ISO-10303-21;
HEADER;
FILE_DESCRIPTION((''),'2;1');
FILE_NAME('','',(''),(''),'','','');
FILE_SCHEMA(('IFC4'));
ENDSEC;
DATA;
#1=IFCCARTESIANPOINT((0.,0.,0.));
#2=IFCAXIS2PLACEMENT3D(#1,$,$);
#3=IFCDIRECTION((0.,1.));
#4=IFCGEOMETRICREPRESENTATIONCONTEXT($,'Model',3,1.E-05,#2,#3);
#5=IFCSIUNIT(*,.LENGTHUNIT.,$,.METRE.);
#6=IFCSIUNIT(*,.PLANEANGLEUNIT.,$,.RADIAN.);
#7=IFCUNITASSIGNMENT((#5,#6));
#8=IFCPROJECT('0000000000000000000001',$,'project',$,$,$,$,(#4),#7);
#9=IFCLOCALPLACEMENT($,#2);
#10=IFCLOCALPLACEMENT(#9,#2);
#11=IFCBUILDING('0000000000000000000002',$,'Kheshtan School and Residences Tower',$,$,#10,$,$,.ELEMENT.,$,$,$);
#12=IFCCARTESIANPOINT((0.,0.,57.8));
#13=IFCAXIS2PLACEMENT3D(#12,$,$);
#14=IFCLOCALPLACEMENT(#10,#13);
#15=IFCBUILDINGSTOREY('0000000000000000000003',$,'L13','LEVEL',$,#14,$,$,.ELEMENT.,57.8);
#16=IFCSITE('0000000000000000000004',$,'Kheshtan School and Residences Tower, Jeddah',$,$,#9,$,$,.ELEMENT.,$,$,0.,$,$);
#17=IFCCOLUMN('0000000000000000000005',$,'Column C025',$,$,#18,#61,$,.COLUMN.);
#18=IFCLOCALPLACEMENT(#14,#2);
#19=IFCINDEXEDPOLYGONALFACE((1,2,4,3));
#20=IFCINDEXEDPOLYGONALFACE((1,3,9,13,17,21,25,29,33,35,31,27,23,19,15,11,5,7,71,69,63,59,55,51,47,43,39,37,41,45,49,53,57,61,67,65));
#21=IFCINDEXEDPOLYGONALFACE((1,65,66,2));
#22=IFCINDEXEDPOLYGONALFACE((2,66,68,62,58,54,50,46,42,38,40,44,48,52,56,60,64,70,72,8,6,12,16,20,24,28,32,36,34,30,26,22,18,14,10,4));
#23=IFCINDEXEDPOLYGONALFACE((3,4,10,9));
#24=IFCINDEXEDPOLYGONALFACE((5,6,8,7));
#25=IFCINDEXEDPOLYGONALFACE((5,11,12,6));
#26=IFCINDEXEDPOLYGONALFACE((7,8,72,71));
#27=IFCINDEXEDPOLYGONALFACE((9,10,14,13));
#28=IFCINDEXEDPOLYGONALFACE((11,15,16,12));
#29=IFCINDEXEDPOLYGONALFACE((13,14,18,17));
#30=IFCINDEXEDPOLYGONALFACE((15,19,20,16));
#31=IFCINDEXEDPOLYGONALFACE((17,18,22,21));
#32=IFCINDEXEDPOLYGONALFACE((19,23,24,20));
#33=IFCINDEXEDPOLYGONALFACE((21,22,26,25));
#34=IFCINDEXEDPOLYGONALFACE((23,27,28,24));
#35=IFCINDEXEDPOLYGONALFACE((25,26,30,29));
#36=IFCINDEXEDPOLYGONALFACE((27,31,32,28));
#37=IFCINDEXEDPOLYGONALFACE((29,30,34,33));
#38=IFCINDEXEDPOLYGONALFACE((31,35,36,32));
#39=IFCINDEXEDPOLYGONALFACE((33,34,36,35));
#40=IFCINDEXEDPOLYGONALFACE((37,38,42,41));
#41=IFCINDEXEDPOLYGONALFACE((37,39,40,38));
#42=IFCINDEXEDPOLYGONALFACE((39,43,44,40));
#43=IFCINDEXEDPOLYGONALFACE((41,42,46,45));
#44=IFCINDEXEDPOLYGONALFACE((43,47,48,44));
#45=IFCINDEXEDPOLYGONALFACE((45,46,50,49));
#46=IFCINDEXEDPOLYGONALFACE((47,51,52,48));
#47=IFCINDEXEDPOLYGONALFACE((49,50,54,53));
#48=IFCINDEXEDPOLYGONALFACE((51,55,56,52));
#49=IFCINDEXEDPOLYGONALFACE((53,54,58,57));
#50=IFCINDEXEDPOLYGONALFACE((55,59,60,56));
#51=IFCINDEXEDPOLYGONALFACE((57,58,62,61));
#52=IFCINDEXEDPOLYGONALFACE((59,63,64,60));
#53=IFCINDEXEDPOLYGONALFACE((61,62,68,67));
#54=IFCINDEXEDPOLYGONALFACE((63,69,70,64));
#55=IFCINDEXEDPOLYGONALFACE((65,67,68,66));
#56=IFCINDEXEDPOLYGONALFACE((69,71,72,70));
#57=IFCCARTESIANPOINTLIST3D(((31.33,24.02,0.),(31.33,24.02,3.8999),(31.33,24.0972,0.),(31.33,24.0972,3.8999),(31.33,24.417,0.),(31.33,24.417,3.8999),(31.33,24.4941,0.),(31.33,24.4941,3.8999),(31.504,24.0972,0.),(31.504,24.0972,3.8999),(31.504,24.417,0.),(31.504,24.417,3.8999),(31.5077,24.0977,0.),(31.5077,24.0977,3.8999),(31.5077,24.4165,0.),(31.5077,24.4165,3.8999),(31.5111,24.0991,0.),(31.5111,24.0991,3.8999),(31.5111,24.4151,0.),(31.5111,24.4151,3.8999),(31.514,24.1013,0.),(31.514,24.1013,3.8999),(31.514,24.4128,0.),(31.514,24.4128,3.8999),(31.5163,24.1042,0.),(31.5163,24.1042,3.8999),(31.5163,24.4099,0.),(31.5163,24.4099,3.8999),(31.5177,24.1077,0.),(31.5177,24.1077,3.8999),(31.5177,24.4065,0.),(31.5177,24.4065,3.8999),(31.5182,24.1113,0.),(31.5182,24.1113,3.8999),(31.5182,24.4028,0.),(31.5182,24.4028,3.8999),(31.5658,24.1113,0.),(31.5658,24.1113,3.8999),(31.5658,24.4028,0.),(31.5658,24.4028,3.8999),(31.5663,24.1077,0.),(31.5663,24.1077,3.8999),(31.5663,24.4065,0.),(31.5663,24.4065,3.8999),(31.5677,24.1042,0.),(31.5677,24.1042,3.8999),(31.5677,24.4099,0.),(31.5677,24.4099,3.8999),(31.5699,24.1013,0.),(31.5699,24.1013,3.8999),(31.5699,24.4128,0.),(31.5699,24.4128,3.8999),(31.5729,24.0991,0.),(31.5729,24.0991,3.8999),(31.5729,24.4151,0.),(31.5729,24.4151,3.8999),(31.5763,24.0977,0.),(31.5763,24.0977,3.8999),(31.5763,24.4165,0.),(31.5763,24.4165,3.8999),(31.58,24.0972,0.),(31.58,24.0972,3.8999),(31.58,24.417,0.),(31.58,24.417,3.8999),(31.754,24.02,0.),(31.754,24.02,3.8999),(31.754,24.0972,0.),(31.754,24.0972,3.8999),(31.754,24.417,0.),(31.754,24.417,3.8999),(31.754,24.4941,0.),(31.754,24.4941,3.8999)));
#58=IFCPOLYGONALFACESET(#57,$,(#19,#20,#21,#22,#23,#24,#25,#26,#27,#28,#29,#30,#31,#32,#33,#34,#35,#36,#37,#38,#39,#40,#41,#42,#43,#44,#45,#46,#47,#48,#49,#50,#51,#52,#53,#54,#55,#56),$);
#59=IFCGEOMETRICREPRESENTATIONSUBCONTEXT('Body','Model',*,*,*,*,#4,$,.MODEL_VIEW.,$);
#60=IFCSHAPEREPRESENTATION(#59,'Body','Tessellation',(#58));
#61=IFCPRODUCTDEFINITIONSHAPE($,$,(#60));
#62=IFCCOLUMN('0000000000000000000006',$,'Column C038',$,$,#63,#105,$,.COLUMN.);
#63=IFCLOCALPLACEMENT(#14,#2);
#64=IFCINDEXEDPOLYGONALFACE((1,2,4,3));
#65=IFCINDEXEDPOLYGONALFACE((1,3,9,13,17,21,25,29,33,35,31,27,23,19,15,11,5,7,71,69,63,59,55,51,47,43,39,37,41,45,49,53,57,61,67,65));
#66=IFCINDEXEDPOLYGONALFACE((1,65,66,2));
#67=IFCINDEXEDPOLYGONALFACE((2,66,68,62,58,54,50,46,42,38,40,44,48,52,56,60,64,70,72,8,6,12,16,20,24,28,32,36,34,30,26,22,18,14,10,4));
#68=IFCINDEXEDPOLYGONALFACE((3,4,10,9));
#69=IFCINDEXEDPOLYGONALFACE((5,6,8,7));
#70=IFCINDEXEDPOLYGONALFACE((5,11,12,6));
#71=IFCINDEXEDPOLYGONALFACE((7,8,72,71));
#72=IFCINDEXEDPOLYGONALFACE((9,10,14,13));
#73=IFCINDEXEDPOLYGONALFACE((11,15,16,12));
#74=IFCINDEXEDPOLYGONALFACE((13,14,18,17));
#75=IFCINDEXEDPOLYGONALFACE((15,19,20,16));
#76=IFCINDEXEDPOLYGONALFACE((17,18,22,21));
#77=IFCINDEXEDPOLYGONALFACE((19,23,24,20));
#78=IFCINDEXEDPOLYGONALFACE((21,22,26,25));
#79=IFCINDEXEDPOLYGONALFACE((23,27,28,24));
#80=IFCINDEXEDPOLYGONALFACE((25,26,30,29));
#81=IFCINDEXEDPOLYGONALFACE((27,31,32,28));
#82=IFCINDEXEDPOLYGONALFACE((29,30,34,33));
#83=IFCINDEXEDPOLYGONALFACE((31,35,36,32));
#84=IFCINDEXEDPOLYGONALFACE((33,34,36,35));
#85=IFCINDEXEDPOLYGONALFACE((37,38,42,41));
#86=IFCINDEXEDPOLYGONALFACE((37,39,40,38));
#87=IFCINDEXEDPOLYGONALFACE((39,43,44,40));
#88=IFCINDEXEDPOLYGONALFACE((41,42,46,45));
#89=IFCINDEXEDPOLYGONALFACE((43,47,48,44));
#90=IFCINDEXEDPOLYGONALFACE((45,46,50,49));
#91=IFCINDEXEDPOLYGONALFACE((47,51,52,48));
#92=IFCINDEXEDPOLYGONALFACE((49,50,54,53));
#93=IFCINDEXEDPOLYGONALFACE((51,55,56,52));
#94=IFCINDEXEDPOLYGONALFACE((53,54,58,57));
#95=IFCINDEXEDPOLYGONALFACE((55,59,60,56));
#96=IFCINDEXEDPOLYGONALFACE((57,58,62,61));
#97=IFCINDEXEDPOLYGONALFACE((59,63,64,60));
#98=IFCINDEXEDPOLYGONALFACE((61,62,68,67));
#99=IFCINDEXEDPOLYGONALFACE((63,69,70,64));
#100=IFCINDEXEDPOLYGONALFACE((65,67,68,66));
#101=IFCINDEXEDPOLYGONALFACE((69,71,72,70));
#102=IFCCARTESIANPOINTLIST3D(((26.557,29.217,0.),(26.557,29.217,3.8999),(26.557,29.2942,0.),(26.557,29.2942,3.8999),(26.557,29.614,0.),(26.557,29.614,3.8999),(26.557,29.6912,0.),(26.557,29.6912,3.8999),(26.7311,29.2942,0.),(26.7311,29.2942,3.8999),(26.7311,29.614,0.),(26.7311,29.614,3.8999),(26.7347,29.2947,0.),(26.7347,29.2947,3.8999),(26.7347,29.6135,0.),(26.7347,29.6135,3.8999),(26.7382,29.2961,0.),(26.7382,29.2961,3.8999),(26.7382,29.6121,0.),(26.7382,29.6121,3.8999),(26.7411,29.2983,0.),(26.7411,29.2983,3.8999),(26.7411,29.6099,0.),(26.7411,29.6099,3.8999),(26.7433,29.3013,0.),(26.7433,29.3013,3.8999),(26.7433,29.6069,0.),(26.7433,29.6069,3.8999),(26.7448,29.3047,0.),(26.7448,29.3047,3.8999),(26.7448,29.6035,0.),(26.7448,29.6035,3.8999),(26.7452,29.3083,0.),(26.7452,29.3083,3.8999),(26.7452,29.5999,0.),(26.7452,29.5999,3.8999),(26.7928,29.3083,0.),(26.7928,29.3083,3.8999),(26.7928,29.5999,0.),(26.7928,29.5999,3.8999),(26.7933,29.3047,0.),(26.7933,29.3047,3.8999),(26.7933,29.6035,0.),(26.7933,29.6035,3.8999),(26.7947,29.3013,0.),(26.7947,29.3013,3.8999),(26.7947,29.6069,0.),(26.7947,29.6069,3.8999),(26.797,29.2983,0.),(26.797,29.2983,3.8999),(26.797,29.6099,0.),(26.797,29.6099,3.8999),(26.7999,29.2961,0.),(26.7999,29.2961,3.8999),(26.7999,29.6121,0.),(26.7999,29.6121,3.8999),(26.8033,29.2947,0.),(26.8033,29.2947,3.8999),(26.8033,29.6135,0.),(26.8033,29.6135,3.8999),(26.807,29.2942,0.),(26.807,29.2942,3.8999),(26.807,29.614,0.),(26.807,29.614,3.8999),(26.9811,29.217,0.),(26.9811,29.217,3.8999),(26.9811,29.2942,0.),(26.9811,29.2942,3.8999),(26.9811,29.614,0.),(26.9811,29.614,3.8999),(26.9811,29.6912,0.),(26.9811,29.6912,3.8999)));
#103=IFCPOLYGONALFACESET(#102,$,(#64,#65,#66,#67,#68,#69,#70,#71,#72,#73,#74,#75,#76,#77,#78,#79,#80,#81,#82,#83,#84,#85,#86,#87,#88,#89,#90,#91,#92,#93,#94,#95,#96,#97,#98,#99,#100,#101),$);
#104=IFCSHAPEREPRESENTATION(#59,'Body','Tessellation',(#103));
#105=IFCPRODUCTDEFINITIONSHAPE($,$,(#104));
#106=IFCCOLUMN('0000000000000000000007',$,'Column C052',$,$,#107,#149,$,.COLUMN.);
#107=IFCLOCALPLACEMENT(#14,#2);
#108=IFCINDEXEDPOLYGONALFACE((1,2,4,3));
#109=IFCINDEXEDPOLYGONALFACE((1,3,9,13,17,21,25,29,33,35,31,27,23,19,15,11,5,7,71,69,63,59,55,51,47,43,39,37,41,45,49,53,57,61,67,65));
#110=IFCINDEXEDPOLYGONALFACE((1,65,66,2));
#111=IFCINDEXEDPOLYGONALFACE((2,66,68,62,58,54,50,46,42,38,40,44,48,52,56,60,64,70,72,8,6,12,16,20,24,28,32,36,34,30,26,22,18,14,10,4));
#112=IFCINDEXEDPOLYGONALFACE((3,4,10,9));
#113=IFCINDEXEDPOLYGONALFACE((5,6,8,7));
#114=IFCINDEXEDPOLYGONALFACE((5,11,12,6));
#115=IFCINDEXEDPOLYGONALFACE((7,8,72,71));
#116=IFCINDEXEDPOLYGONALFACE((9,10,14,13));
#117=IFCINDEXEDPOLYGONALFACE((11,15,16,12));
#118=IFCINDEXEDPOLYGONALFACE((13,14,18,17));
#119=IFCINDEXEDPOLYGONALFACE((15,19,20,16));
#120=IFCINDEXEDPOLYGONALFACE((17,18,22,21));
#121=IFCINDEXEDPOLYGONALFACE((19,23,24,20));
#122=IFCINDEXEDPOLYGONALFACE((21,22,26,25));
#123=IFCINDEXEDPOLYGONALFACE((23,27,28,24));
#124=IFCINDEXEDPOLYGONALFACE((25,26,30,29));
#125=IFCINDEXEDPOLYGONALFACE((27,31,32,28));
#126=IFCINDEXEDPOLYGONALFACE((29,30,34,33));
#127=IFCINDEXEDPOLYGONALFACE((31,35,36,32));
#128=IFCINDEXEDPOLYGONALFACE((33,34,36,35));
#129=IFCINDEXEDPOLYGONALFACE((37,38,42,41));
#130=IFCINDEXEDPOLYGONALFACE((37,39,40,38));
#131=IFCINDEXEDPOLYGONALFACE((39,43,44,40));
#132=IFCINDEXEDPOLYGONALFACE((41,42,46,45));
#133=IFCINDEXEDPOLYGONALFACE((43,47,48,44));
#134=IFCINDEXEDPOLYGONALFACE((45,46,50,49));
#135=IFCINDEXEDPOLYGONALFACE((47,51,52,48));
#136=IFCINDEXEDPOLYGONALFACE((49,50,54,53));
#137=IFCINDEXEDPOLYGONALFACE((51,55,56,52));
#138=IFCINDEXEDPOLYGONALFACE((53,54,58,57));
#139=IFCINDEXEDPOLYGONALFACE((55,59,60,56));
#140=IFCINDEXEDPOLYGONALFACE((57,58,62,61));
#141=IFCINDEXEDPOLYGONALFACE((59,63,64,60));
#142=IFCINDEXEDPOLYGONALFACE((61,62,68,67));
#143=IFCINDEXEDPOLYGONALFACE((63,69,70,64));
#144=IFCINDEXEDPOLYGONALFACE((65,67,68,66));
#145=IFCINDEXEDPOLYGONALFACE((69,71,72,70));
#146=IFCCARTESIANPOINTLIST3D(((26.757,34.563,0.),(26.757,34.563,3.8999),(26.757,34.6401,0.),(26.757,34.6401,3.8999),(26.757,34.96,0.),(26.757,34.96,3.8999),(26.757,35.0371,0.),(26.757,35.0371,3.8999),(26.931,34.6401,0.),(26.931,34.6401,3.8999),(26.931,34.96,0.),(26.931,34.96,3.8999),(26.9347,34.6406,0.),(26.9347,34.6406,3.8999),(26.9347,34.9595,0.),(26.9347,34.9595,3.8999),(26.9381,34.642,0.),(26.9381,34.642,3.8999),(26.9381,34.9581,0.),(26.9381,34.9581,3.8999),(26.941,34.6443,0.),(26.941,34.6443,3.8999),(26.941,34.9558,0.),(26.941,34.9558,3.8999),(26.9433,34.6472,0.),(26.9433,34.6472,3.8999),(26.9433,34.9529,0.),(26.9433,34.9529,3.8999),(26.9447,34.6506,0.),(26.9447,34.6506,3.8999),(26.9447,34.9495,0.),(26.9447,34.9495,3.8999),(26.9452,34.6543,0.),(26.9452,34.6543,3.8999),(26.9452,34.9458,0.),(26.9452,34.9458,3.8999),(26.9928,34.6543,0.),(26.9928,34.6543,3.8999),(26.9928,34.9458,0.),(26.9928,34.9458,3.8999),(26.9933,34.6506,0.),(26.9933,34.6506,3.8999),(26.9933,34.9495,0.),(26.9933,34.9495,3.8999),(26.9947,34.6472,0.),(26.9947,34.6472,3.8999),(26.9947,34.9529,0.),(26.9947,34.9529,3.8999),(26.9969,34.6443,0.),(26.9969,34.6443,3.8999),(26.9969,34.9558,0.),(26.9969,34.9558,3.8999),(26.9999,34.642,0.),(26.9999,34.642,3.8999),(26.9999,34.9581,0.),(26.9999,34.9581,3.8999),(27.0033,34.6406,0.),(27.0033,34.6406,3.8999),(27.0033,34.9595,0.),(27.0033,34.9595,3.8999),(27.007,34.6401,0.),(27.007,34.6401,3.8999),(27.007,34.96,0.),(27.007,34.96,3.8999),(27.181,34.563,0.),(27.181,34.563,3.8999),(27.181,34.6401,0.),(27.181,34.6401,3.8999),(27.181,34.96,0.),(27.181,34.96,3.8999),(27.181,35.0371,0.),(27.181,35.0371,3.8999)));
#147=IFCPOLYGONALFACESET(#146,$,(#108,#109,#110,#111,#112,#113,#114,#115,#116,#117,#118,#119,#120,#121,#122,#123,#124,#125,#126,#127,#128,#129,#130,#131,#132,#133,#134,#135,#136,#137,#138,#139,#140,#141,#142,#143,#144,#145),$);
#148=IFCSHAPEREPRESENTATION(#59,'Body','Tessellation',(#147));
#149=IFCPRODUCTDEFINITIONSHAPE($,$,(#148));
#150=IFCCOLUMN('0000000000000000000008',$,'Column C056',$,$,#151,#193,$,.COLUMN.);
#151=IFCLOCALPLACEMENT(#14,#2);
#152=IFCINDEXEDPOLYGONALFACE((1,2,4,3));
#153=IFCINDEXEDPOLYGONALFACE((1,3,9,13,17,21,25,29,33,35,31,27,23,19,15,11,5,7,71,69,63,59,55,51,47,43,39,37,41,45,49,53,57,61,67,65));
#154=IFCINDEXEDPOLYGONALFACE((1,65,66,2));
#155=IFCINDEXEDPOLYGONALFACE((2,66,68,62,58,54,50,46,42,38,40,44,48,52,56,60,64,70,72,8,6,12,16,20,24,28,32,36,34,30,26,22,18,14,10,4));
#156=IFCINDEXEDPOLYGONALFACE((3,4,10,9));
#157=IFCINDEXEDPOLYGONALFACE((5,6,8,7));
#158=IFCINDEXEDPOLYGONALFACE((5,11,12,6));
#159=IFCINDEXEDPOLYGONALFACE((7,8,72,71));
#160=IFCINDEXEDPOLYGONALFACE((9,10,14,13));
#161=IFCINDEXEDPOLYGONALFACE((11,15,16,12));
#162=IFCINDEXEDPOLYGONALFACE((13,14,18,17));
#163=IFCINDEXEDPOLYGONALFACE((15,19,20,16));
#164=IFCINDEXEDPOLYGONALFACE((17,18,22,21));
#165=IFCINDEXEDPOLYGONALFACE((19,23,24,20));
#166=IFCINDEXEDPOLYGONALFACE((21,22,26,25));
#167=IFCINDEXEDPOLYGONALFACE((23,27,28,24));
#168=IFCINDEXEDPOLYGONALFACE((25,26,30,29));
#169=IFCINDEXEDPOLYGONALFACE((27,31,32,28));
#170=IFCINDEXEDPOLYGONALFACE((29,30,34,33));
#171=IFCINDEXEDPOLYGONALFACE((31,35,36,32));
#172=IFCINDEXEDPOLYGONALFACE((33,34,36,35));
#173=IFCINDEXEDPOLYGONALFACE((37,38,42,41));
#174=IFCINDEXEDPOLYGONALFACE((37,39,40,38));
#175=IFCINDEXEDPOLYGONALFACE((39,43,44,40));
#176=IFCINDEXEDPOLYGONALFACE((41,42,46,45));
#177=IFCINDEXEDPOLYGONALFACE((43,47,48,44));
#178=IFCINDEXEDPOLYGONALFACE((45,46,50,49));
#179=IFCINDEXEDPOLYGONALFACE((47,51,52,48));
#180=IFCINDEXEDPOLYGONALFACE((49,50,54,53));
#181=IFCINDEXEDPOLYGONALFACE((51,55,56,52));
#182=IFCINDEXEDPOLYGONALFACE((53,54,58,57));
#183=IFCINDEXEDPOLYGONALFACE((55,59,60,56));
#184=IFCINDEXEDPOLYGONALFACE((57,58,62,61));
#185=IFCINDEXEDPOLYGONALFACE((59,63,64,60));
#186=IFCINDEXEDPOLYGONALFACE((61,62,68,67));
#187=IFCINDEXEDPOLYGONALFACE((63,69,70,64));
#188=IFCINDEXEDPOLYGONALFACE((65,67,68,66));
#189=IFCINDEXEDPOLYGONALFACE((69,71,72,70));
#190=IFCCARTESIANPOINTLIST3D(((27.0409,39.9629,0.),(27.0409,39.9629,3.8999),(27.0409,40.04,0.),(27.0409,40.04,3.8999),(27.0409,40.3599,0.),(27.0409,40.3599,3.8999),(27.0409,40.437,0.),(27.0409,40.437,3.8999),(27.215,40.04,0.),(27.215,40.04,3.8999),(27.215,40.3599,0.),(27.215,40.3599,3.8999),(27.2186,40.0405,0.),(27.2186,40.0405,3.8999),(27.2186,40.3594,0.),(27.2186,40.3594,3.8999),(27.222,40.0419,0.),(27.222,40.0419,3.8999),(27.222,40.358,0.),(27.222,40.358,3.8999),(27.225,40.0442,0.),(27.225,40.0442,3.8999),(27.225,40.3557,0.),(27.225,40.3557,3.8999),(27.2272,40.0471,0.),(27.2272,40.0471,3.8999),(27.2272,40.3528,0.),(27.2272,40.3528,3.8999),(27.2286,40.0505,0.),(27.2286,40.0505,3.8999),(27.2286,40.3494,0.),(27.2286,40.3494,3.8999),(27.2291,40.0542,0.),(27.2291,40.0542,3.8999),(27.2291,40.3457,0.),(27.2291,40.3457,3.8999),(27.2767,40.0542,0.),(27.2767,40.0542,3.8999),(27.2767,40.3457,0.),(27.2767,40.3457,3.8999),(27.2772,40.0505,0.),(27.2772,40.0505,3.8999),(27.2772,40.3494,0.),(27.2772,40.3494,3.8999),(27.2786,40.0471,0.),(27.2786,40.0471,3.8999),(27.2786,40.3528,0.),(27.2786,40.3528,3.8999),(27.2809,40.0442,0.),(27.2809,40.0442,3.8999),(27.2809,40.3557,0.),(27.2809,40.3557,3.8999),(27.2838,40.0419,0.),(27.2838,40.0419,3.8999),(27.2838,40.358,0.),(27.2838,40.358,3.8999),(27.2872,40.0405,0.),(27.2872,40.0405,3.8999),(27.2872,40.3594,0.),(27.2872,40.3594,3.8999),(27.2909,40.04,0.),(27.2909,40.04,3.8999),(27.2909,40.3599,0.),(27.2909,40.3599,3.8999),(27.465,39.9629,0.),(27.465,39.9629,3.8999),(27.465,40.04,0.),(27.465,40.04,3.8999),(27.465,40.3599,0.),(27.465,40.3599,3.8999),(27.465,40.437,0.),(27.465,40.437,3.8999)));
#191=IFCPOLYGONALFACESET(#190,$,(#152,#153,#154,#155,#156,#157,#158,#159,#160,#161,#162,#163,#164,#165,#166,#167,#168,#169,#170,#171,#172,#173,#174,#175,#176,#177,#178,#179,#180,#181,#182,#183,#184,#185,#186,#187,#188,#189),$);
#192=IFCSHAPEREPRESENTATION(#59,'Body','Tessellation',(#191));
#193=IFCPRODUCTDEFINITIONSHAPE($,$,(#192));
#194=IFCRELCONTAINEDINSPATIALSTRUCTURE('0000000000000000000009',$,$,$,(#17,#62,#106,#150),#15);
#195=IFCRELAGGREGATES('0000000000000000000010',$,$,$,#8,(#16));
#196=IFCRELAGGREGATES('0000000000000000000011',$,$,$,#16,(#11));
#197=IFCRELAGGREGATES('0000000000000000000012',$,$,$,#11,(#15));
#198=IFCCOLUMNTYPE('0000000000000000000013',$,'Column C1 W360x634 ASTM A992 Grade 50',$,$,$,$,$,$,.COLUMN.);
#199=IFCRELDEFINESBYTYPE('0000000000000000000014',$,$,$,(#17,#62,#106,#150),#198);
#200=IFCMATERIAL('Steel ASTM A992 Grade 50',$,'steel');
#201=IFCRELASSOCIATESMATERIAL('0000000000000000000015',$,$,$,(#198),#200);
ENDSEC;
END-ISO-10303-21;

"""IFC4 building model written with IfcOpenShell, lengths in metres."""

from ifc_helpers import new_model, si_unit, direction, frame, origin, origin_2d, place, context, subcontext, project, spatial, i_section, extrude, material, material_profile, profile_set, type_object, element, save


model = new_model("IFC4")

# Units and contexts
model_context = context("Model", 3, precision=1e-05, world=origin(), true_north=direction((0.0, 1.0)))
body_context = subcontext(model_context, "Body", "Model", "MODEL_VIEW")
ifc_project = project(units=[si_unit("LENGTHUNIT", "METRE"), si_unit("PLANEANGLEUNIT", "RADIAN")], contexts=[model_context])

# Site, building, storey
site_placement = place(None, origin())
site = spatial("IfcSite", under=ifc_project, at=site_placement, Name="Kheshtan School and Residences Tower, Jeddah", CompositionType="ELEMENT", RefElevation=0.0)
building_placement = place(site_placement, origin())
building = spatial("IfcBuilding", under=site, at=building_placement, Name="Kheshtan School and Residences Tower", CompositionType="ELEMENT")
storey_placement = place(building_placement, frame((0.0, 0.0, 57.8)))
storey = spatial("IfcBuildingStorey", under=building, at=storey_placement, Name="L13", Description="LEVEL", CompositionType="ELEMENT", Elevation=57.8)

# Columns
ifc_material_1 = material(Name="Steel ASTM A992 Grade 50", Category="steel")
ifc_material_profile_1 = material_profile(ifc_material_1, i_section(OverallWidth=0.4241, OverallDepth=0.4741, WebThickness=0.0476, FlangeThickness=0.0771, FilletRadius=0.0142, at=origin_2d()), Name="W360x634")
ifc_profile_set_1 = profile_set([ifc_material_profile_1], Name="Steel ASTM A992 Grade 50")
column_type = type_object("IfcColumnType", Name="Column C1 W360x634 ASTM A992 Grade 50", PredefinedType="COLUMN", material=ifc_profile_set_1)
for number, where, z_axis, x_axis, name in (
    (1, (31.542, 24.2571, 0.0), (0.0, 0.0, 1.0), (1.0, 0.0, 0.0), "Column C025"),
    (2, (26.769, 29.4541, 0.0), (0.0, 0.0, 1.0), (1.0, 0.0, 0.0), "Column C038"),
    (3, (26.969, 34.8, 0.0), (0.0, 0.0, 1.0), (1.0, 0.0, 0.0), "Column C052"),
    (4, (27.2529, 40.2, 0.0), (0.0, 0.0, 1.0), (1.0, 0.0, 0.0), "Column C056"),
):
    element("IfcColumn", number, at=place(storey_placement, frame(where, z_axis=z_axis, x_axis=x_axis)), inside=storey, type_object=column_type, Name=name, PredefinedType="COLUMN", context=body_context, shape_type="SweptSolid", body=[
        extrude(i_section(OverallWidth=0.4241, OverallDepth=0.4741, WebThickness=0.0476, FlangeThickness=0.0771, FilletRadius=0.0142, at=origin_2d()), origin(), (0.0, 0.0, 1.0), 3.8999),
    ])

save(model, "model.ifc")
